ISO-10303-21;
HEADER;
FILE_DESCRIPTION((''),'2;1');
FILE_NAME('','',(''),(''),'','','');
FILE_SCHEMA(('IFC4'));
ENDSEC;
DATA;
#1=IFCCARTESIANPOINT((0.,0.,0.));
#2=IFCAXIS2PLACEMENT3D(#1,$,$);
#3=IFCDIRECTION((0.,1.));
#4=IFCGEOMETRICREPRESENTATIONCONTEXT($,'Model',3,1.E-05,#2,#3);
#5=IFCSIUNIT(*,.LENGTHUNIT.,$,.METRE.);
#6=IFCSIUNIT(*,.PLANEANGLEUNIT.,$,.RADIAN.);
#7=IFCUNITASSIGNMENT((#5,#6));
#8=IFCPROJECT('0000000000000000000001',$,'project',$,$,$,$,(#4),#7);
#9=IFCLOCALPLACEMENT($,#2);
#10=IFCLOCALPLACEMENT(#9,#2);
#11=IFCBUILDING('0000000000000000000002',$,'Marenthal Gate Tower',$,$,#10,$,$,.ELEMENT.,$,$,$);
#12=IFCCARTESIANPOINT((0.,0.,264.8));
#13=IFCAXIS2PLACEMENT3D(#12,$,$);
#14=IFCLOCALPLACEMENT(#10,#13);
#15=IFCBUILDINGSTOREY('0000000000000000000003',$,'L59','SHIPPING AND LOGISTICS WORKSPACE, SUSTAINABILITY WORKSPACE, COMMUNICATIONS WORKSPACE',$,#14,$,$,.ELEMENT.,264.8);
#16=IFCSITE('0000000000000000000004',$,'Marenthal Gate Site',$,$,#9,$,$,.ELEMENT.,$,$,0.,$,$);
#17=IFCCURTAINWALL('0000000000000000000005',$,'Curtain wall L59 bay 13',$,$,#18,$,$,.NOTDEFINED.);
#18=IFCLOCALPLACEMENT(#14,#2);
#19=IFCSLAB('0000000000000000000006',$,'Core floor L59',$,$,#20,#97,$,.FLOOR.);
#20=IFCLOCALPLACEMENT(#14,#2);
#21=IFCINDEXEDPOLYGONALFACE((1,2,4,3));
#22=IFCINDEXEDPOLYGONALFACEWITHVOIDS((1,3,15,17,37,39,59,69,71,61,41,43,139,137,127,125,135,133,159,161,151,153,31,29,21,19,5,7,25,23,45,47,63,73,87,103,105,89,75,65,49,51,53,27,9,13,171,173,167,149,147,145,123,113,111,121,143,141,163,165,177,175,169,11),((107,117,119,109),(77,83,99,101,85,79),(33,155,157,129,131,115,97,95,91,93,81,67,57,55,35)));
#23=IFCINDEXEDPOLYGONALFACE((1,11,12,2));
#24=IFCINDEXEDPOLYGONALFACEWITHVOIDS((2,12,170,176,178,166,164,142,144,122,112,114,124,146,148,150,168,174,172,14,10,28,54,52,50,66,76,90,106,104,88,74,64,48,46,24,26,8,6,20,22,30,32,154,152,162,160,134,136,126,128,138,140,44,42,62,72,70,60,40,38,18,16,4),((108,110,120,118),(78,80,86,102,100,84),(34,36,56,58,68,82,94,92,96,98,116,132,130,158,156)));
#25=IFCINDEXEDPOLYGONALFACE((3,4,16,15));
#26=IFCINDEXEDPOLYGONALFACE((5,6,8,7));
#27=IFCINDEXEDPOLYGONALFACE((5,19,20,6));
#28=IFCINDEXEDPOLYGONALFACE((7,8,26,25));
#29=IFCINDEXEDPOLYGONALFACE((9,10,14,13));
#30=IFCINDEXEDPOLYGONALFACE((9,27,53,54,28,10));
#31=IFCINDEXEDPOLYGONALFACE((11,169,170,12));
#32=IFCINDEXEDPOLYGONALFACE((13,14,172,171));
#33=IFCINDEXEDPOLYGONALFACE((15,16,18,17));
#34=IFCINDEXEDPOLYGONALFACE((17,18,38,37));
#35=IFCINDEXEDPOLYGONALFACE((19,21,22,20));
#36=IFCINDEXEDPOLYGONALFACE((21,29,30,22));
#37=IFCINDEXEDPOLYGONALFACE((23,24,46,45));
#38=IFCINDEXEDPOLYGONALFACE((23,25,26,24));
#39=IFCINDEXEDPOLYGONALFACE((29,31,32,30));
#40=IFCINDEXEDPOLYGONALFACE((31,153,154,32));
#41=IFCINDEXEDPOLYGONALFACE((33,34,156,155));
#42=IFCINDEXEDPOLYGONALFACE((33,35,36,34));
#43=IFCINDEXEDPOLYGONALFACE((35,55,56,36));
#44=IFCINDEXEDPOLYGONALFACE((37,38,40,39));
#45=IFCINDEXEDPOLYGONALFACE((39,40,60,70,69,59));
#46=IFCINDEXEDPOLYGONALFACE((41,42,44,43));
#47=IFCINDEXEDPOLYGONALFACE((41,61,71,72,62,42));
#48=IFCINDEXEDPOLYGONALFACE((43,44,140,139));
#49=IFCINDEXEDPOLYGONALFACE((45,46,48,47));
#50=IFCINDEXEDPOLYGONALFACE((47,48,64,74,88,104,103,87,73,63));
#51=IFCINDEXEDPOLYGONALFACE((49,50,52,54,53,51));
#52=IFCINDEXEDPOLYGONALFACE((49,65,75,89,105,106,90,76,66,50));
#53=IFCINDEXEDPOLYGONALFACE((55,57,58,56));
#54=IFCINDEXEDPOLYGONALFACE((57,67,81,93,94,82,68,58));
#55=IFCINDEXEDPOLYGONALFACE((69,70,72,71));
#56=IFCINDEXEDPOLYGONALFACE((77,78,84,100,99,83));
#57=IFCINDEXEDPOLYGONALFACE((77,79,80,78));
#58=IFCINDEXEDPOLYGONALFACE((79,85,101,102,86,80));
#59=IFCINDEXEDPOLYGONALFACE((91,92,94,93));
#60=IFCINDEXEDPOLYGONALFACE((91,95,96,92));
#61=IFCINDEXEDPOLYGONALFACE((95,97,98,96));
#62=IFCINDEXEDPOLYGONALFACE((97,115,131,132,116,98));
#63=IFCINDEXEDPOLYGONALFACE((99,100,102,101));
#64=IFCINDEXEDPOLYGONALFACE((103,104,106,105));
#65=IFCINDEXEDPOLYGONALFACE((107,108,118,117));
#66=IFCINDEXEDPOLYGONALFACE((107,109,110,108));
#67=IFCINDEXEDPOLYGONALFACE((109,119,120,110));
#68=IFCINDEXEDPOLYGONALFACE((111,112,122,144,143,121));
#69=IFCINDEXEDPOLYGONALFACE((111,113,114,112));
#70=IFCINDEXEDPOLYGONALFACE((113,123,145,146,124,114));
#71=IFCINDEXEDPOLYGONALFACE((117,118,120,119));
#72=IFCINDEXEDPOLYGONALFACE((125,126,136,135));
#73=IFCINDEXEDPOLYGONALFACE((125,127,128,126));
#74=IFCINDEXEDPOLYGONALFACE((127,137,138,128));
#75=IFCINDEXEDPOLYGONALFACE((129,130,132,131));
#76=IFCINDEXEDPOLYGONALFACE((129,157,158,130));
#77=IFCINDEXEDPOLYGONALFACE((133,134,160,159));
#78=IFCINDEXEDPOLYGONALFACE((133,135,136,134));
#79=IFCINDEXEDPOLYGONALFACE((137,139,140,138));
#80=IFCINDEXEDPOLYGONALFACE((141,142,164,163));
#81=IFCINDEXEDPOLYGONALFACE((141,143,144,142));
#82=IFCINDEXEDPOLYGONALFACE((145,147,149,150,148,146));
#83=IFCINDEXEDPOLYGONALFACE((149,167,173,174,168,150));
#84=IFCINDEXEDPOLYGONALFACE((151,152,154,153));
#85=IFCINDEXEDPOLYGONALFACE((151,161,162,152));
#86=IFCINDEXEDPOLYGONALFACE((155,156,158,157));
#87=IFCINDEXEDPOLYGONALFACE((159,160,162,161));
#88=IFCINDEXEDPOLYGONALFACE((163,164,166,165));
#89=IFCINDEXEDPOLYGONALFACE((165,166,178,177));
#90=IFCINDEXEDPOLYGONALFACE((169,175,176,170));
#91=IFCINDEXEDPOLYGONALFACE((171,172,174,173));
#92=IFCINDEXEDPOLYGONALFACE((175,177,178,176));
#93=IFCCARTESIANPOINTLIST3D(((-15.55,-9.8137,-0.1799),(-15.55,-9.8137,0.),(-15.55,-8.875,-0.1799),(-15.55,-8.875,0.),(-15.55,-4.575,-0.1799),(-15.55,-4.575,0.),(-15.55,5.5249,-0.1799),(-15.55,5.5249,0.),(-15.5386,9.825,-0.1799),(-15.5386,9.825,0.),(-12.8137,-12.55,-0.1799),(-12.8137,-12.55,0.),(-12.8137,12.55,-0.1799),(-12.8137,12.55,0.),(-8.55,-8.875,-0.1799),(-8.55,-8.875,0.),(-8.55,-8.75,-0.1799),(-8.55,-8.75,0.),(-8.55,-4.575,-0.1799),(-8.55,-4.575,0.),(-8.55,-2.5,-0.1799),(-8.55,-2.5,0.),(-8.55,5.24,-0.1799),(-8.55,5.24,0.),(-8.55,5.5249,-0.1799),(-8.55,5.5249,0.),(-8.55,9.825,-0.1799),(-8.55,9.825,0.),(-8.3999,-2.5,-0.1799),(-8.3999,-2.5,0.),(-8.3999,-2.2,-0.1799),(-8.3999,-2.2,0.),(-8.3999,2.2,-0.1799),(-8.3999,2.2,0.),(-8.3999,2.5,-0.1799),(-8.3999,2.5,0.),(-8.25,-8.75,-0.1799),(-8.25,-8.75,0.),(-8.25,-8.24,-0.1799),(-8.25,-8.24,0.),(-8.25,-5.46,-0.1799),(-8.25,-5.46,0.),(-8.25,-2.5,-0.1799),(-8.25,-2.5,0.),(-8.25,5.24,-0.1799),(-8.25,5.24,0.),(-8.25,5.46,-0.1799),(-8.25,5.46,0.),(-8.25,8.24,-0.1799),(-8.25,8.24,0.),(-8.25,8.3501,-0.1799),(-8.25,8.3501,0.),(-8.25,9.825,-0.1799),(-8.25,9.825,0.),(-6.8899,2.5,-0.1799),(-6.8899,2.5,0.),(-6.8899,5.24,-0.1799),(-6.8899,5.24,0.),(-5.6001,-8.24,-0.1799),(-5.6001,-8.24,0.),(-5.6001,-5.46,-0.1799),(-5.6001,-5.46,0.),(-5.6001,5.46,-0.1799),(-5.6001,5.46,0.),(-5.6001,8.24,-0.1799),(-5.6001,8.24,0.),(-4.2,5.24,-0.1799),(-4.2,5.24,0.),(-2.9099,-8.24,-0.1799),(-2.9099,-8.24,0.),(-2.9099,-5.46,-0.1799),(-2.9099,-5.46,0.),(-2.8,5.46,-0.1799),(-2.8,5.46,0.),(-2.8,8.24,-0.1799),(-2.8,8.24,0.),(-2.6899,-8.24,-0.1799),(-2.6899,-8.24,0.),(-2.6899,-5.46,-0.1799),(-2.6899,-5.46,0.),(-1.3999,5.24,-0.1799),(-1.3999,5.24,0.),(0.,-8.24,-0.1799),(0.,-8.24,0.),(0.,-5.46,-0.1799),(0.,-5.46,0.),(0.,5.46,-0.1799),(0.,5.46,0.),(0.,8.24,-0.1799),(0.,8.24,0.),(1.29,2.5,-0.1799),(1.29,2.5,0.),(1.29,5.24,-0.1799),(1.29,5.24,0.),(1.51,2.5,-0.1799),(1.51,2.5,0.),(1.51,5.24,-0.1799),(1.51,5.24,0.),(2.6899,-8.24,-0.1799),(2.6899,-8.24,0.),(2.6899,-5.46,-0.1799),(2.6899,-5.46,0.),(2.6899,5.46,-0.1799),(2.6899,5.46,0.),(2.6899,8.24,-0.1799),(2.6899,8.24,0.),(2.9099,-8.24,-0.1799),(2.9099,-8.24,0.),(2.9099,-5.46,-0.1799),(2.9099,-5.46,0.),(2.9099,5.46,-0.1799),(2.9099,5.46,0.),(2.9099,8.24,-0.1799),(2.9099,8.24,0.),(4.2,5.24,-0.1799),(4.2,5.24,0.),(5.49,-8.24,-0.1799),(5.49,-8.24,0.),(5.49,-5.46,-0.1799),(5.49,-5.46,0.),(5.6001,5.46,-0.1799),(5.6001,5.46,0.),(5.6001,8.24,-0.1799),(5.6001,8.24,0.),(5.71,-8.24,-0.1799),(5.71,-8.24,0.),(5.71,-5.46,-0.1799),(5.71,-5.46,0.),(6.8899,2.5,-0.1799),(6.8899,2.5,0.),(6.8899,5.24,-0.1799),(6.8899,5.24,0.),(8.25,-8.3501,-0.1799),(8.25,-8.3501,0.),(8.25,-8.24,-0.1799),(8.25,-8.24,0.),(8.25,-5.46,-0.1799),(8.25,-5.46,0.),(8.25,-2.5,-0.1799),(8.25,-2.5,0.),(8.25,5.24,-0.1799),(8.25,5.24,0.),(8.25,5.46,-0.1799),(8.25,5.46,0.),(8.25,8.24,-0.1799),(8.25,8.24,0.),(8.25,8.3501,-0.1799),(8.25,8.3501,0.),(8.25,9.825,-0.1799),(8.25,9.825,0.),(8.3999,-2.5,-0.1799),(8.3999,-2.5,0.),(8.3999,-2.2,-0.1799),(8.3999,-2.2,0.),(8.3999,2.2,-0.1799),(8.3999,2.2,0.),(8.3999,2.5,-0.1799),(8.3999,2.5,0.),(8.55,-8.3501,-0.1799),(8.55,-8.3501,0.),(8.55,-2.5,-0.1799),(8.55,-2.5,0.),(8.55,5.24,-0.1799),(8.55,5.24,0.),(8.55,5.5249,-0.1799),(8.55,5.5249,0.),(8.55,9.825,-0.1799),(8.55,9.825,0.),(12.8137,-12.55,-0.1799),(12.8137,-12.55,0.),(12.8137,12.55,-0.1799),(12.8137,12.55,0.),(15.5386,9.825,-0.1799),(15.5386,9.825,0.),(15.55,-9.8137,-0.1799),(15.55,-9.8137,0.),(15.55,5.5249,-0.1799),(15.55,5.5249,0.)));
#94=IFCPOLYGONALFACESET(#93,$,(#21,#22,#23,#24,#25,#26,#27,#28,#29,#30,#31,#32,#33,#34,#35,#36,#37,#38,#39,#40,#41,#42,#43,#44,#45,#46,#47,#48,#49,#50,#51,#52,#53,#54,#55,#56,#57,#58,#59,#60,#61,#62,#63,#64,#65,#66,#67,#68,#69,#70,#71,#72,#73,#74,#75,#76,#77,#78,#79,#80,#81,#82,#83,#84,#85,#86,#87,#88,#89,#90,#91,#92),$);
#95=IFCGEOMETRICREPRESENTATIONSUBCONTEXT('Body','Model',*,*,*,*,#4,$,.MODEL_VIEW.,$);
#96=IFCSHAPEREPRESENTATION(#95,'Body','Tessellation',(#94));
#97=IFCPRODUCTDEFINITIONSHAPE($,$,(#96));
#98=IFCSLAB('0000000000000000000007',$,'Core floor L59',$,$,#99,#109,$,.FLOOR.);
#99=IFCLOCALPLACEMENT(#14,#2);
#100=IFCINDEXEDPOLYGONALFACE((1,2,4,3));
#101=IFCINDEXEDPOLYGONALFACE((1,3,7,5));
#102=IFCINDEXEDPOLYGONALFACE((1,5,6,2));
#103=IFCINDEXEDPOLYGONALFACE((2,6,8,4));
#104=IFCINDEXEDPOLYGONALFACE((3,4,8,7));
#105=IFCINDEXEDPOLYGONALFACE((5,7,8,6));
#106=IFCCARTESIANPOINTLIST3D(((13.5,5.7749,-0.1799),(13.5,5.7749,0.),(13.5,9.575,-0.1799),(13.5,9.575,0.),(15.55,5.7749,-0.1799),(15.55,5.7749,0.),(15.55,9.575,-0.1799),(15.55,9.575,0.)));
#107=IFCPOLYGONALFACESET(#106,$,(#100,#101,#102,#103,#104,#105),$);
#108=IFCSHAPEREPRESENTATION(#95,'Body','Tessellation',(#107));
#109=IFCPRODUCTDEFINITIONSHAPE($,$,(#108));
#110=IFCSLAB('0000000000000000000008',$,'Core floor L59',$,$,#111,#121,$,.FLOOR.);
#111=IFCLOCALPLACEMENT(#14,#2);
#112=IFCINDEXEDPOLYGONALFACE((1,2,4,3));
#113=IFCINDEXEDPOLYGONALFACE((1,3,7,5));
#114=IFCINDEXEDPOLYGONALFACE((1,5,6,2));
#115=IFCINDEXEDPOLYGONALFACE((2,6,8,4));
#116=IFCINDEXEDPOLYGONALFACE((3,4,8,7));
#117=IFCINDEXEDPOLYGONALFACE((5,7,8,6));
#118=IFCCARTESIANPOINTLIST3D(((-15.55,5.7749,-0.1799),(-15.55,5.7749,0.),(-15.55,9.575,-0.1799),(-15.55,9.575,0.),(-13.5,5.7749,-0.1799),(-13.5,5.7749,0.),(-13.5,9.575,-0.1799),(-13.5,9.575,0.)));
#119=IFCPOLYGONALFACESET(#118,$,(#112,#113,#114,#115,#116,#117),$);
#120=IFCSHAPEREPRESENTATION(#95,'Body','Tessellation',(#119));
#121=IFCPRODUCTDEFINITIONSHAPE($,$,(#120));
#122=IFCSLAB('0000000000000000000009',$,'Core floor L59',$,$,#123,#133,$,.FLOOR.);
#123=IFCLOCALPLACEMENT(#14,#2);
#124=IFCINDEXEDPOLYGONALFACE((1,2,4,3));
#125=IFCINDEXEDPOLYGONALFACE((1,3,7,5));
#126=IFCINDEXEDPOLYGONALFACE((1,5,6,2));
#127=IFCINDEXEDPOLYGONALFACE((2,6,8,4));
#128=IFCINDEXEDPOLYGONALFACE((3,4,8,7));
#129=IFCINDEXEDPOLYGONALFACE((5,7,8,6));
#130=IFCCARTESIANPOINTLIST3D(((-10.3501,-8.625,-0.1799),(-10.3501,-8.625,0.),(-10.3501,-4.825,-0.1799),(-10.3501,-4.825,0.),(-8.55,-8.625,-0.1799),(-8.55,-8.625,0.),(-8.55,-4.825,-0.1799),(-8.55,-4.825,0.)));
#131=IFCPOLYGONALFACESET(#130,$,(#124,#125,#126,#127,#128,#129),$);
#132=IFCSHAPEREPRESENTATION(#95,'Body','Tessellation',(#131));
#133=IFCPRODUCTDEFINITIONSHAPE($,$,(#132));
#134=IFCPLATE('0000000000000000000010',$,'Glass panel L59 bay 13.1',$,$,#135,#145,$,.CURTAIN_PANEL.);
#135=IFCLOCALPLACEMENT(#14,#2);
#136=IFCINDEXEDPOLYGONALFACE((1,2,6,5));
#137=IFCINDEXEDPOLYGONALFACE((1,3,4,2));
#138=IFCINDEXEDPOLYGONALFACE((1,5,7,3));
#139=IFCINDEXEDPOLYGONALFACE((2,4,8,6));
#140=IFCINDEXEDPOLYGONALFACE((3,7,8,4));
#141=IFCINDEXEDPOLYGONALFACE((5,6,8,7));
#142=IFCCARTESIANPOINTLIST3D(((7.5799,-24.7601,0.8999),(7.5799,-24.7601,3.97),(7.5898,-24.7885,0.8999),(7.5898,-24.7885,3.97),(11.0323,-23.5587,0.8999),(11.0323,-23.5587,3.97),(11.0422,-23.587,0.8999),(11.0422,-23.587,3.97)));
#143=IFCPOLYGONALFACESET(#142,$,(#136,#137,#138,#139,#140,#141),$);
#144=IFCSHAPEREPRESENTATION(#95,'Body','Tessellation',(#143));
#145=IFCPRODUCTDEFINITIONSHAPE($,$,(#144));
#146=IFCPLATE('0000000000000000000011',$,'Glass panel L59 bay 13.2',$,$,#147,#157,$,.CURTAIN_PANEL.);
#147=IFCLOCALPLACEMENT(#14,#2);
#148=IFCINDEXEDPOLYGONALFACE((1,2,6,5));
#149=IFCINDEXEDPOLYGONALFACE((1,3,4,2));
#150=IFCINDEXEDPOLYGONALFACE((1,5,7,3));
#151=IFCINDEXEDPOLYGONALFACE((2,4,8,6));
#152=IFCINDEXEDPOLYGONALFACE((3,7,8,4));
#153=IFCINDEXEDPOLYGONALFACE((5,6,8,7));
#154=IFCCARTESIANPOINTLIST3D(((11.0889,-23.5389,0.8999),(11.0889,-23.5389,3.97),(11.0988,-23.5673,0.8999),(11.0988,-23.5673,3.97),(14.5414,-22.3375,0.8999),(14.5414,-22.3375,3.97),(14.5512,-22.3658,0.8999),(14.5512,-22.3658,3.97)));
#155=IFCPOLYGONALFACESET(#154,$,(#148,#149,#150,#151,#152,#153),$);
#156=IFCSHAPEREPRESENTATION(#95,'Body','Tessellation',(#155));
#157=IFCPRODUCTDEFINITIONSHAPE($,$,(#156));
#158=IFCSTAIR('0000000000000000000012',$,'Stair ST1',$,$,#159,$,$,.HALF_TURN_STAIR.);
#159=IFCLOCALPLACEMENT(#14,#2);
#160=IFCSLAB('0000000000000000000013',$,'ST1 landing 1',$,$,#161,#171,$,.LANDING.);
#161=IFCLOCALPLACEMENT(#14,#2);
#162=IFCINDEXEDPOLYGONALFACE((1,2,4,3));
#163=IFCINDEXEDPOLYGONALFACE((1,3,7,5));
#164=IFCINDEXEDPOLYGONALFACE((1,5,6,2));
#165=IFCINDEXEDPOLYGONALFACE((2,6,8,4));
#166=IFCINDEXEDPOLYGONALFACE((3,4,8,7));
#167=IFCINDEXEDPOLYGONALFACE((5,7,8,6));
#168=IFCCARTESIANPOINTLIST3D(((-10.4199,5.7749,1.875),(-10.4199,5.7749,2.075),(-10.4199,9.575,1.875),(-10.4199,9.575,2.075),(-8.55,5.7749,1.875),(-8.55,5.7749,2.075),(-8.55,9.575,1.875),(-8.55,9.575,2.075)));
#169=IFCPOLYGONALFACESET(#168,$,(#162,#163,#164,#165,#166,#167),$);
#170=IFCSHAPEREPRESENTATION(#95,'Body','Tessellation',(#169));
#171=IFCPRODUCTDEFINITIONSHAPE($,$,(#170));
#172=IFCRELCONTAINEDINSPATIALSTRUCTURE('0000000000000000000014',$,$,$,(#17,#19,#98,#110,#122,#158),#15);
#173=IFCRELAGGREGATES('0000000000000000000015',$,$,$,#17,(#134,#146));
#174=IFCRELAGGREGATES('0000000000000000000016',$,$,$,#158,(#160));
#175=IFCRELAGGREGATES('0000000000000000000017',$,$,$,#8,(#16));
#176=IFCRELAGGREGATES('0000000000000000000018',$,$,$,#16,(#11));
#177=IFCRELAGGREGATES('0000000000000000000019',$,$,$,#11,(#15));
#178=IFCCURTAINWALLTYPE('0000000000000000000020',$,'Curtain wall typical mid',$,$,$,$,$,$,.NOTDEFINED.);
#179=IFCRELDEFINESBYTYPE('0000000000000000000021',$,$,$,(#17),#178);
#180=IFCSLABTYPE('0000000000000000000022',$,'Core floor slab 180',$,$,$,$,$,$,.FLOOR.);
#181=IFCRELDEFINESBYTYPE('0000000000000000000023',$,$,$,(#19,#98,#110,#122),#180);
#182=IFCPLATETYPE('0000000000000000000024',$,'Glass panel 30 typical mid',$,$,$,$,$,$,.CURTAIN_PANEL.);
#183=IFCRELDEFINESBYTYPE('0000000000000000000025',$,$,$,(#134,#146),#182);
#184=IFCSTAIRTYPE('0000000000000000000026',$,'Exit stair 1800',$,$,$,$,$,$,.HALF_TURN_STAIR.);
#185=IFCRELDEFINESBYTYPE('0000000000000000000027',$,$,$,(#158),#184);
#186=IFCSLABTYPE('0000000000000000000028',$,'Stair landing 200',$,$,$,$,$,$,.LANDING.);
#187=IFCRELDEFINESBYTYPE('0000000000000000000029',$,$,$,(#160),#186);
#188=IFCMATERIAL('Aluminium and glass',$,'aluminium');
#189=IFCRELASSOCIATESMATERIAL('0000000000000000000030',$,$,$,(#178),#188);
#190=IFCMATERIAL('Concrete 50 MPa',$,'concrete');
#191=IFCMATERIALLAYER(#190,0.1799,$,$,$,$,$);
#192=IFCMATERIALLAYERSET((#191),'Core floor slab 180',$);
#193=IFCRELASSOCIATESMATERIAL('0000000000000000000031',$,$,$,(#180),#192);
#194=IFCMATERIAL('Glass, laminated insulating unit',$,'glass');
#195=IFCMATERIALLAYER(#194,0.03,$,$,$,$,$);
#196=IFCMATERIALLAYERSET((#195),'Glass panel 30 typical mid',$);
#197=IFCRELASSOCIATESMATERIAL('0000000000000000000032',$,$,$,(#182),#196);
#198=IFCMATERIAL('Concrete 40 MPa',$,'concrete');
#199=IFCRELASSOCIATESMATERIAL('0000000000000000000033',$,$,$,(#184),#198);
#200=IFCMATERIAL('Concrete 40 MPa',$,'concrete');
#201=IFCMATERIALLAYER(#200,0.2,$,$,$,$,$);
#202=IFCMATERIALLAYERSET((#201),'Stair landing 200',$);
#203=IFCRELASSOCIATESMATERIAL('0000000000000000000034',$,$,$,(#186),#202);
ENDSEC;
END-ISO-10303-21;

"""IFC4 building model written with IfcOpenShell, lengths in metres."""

from ifc_helpers import new_model, si_unit, direction, frame, origin, origin_2d, place, context, subcontext, project, spatial, polyline, rectangle, outline, extrude, material, layer, layer_set, type_object, element, aggregate, save


model = new_model("IFC4")

# Units and contexts
model_context = context("Model", 3, precision=1e-05, world=origin(), true_north=direction((0.0, 1.0)))
body_context = subcontext(model_context, "Body", "Model", "MODEL_VIEW")
ifc_project = project(units=[si_unit("LENGTHUNIT", "METRE"), si_unit("PLANEANGLEUNIT", "RADIAN")], contexts=[model_context])

# Site, building, storey
site_placement = place(None, origin())
site = spatial("IfcSite", under=ifc_project, at=site_placement, Name="Marenthal Gate Site", CompositionType="ELEMENT", RefElevation=0.0)
building_placement = place(site_placement, origin())
building = spatial("IfcBuilding", under=site, at=building_placement, Name="Marenthal Gate Tower", CompositionType="ELEMENT")
storey_placement = place(building_placement, frame((0.0, 0.0, 264.8)))
storey = spatial("IfcBuildingStorey", under=building, at=storey_placement, Name="L59", Description="SHIPPING AND LOGISTICS WORKSPACE, SUSTAINABILITY WORKSPACE, COMMUNICATIONS WORKSPACE", CompositionType="ELEMENT", Elevation=264.8)

# Curtain wall
ifc_material_1 = material(Name="Aluminium and glass", Category="aluminium")
curtain_wall_type = type_object("IfcCurtainWallType", Name="Curtain wall typical mid", PredefinedType="NOTDEFINED", material=ifc_material_1)
curtain_wall_placement = place(storey_placement, origin())
curtain_wall = element("IfcCurtainWall", 1, at=curtain_wall_placement, inside=storey, type_object=curtain_wall_type, Name="Curtain wall L59 bay 13", PredefinedType="NOTDEFINED")

# Slabs
ifc_material_2 = material(Name="Concrete 50 MPa", Category="concrete")
ifc_layer_1 = layer(ifc_material_2, 0.1799)
ifc_layer_set_1 = layer_set([ifc_layer_1], Name="Core floor slab 180")
slab_type_1 = type_object("IfcSlabType", Name="Core floor slab 180", PredefinedType="FLOOR", material=ifc_layer_set_1)
slab_1_placement = place(storey_placement, frame((0.0, 0.0, -0.1799)))
element("IfcSlab", 2, at=slab_1_placement, inside=storey, type_object=slab_type_1, Name="Core floor L59", PredefinedType="FLOOR", context=body_context, shape_type="SweptSolid", body=[
    extrude(outline(polyline([(12.8137, -12.55), (-12.8137, -12.55), (-15.55, -9.8137), (-15.55, -8.875), (-8.55, -8.875), (-8.55, -8.75), (-8.25, -8.75), (-8.25, -8.24), (-5.6001, -8.24), (-2.9099, -8.24), (-2.9099, -5.46), (-5.6001, -5.46), (-8.25, -5.46), (-8.25, -2.5), (8.25, -2.5), (8.25, -5.46), (5.71, -5.46), (5.71, -8.24), (8.25, -8.24), (8.25, -8.3501), (8.55, -8.3501), (8.55, -2.5), (8.3999, -2.5), (8.3999, -2.2), (-8.3999, -2.2), (-8.3999, -2.5), (-8.55, -2.5), (-8.55, -4.575), (-15.55, -4.575), (-15.55, 5.5249), (-8.55, 5.5249), (-8.55, 5.24), (-8.25, 5.24), (-8.25, 5.46), (-5.6001, 5.46), (-2.8, 5.46), (0.0, 5.46), (2.6899, 5.46), (2.6899, 8.24), (0.0, 8.24), (-2.8, 8.24), (-5.6001, 8.24), (-8.25, 8.24), (-8.25, 8.3501), (-8.25, 9.825), (-8.55, 9.825), (-15.5386, 9.825), (-12.8137, 12.55), (12.8137, 12.55), (15.5386, 9.825), (8.55, 9.825), (8.25, 9.825), (8.25, 8.3501), (8.25, 8.24), (5.6001, 8.24), (2.9099, 8.24), (2.9099, 5.46), (5.6001, 5.46), (8.25, 5.46), (8.25, 5.24), (8.55, 5.24), (8.55, 5.5249), (15.55, 5.5249), (15.55, -9.8137), (12.8137, -12.55)]), holes=[polyline([(2.6899, -8.24), (2.6899, -5.46), (0.0, -5.46), (-2.6899, -5.46), (-2.6899, -8.24), (0.0, -8.24), (2.6899, -8.24)]), polyline([(-6.8899, 5.24), (-6.8899, 2.5), (-8.3999, 2.5), (-8.3999, 2.2), (8.3999, 2.2), (8.3999, 2.5), (6.8899, 2.5), (6.8899, 5.24), (4.2, 5.24), (1.51, 5.24), (1.51, 2.5), (1.29, 2.5), (1.29, 5.24), (-1.3999, 5.24), (-4.2, 5.24), (-6.8899, 5.24)]), polyline([(5.49, -5.46), (2.9099, -5.46), (2.9099, -8.24), (5.49, -8.24), (5.49, -5.46)])]), origin(), (0.0, 0.0, 1.0), 0.1799),
])
slab_2_placement = place(storey_placement, frame((0.0, 0.0, -0.1799)))
element("IfcSlab", 3, at=slab_2_placement, inside=storey, type_object=slab_type_1, Name="Core floor L59", PredefinedType="FLOOR", context=body_context, shape_type="SweptSolid", body=[
    extrude(outline(polyline([(15.55, 5.7749), (13.5, 5.7749), (13.5, 9.575), (15.55, 9.575), (15.55, 5.7749)])), origin(), (0.0, 0.0, 1.0), 0.1799),
])
slab_3_placement = place(storey_placement, frame((0.0, 0.0, -0.1799)))
element("IfcSlab", 4, at=slab_3_placement, inside=storey, type_object=slab_type_1, Name="Core floor L59", PredefinedType="FLOOR", context=body_context, shape_type="SweptSolid", body=[
    extrude(outline(polyline([(-15.55, 9.575), (-13.5, 9.575), (-13.5, 5.7749), (-15.55, 5.7749), (-15.55, 9.575)])), origin(), (0.0, 0.0, 1.0), 0.1799),
])
slab_4_placement = place(storey_placement, frame((0.0, 0.0, -0.1799)))
element("IfcSlab", 5, at=slab_4_placement, inside=storey, type_object=slab_type_1, Name="Core floor L59", PredefinedType="FLOOR", context=body_context, shape_type="SweptSolid", body=[
    extrude(outline(polyline([(-8.55, -8.625), (-10.3501, -8.625), (-10.3501, -4.825), (-8.55, -4.825), (-8.55, -8.625)])), origin(), (0.0, 0.0, 1.0), 0.1799),
])

# Plates
ifc_material_3 = material(Name="Glass, laminated insulating unit", Category="glass")
ifc_layer_2 = layer(ifc_material_3, 0.03)
ifc_layer_set_2 = layer_set([ifc_layer_2], Name="Glass panel 30 typical mid")
plate_type = type_object("IfcPlateType", Name="Glass panel 30 typical mid", PredefinedType="CURTAIN_PANEL", material=ifc_layer_set_2)
plate_1_placement = place(storey_placement, frame((9.311, -24.1736, 0.8999), z_axis=(0.0, 0.0, 1.0), x_axis=(0.944445, 0.32867, 0.0)))
plate_1 = element("IfcPlate", 6, at=plate_1_placement, type_object=plate_type, Name="Glass panel L59 bay 13.1", PredefinedType="CURTAIN_PANEL", context=body_context, shape_type="SweptSolid", body=[
    extrude(rectangle(XDim=3.6555, YDim=0.03, at=origin_2d()), origin(), (0.0, 0.0, 1.0), 3.0701),
])
plate_2_placement = place(storey_placement, frame((12.8201, -22.9524, 0.8999), z_axis=(0.0, 0.0, 1.0), x_axis=(0.944445, 0.32867, 0.0)))
plate_2 = element("IfcPlate", 7, at=plate_2_placement, type_object=plate_type, Name="Glass panel L59 bay 13.2", PredefinedType="CURTAIN_PANEL", context=body_context, shape_type="SweptSolid", body=[
    extrude(rectangle(XDim=3.6555, YDim=0.03, at=origin_2d()), origin(), (0.0, 0.0, 1.0), 3.0701),
])
aggregate(curtain_wall, [plate_1, plate_2])

# Stair, slab
ifc_material_4 = material(Name="Concrete 40 MPa", Category="concrete")
stair_type = type_object("IfcStairType", Name="Exit stair 1800", PredefinedType="HALF_TURN_STAIR", material=ifc_material_4)
stair_placement = place(storey_placement, origin())
stair = element("IfcStair", 8, at=stair_placement, inside=storey, type_object=stair_type, Name="Stair ST1", PredefinedType="HALF_TURN_STAIR")
ifc_material_5 = material(Name="Concrete 40 MPa", Category="concrete")
ifc_layer_3 = layer(ifc_material_5, 0.2)
ifc_layer_set_3 = layer_set([ifc_layer_3], Name="Stair landing 200")
slab_type_2 = type_object("IfcSlabType", Name="Stair landing 200", PredefinedType="LANDING", material=ifc_layer_set_3)
slab_5_placement = place(storey_placement, frame((0.0, 0.0, 1.875)))
slab_5 = element("IfcSlab", 9, at=slab_5_placement, type_object=slab_type_2, Name="ST1 landing 1", PredefinedType="LANDING", context=body_context, shape_type="SweptSolid", body=[
    extrude(outline(polyline([(-10.4199, 5.7749), (-8.55, 5.7749), (-8.55, 9.575), (-10.4199, 9.575), (-10.4199, 5.7749)])), origin(), (0.0, 0.0, 1.0), 0.2),
])
aggregate(stair, [slab_5])

save(model, "model.ifc")
